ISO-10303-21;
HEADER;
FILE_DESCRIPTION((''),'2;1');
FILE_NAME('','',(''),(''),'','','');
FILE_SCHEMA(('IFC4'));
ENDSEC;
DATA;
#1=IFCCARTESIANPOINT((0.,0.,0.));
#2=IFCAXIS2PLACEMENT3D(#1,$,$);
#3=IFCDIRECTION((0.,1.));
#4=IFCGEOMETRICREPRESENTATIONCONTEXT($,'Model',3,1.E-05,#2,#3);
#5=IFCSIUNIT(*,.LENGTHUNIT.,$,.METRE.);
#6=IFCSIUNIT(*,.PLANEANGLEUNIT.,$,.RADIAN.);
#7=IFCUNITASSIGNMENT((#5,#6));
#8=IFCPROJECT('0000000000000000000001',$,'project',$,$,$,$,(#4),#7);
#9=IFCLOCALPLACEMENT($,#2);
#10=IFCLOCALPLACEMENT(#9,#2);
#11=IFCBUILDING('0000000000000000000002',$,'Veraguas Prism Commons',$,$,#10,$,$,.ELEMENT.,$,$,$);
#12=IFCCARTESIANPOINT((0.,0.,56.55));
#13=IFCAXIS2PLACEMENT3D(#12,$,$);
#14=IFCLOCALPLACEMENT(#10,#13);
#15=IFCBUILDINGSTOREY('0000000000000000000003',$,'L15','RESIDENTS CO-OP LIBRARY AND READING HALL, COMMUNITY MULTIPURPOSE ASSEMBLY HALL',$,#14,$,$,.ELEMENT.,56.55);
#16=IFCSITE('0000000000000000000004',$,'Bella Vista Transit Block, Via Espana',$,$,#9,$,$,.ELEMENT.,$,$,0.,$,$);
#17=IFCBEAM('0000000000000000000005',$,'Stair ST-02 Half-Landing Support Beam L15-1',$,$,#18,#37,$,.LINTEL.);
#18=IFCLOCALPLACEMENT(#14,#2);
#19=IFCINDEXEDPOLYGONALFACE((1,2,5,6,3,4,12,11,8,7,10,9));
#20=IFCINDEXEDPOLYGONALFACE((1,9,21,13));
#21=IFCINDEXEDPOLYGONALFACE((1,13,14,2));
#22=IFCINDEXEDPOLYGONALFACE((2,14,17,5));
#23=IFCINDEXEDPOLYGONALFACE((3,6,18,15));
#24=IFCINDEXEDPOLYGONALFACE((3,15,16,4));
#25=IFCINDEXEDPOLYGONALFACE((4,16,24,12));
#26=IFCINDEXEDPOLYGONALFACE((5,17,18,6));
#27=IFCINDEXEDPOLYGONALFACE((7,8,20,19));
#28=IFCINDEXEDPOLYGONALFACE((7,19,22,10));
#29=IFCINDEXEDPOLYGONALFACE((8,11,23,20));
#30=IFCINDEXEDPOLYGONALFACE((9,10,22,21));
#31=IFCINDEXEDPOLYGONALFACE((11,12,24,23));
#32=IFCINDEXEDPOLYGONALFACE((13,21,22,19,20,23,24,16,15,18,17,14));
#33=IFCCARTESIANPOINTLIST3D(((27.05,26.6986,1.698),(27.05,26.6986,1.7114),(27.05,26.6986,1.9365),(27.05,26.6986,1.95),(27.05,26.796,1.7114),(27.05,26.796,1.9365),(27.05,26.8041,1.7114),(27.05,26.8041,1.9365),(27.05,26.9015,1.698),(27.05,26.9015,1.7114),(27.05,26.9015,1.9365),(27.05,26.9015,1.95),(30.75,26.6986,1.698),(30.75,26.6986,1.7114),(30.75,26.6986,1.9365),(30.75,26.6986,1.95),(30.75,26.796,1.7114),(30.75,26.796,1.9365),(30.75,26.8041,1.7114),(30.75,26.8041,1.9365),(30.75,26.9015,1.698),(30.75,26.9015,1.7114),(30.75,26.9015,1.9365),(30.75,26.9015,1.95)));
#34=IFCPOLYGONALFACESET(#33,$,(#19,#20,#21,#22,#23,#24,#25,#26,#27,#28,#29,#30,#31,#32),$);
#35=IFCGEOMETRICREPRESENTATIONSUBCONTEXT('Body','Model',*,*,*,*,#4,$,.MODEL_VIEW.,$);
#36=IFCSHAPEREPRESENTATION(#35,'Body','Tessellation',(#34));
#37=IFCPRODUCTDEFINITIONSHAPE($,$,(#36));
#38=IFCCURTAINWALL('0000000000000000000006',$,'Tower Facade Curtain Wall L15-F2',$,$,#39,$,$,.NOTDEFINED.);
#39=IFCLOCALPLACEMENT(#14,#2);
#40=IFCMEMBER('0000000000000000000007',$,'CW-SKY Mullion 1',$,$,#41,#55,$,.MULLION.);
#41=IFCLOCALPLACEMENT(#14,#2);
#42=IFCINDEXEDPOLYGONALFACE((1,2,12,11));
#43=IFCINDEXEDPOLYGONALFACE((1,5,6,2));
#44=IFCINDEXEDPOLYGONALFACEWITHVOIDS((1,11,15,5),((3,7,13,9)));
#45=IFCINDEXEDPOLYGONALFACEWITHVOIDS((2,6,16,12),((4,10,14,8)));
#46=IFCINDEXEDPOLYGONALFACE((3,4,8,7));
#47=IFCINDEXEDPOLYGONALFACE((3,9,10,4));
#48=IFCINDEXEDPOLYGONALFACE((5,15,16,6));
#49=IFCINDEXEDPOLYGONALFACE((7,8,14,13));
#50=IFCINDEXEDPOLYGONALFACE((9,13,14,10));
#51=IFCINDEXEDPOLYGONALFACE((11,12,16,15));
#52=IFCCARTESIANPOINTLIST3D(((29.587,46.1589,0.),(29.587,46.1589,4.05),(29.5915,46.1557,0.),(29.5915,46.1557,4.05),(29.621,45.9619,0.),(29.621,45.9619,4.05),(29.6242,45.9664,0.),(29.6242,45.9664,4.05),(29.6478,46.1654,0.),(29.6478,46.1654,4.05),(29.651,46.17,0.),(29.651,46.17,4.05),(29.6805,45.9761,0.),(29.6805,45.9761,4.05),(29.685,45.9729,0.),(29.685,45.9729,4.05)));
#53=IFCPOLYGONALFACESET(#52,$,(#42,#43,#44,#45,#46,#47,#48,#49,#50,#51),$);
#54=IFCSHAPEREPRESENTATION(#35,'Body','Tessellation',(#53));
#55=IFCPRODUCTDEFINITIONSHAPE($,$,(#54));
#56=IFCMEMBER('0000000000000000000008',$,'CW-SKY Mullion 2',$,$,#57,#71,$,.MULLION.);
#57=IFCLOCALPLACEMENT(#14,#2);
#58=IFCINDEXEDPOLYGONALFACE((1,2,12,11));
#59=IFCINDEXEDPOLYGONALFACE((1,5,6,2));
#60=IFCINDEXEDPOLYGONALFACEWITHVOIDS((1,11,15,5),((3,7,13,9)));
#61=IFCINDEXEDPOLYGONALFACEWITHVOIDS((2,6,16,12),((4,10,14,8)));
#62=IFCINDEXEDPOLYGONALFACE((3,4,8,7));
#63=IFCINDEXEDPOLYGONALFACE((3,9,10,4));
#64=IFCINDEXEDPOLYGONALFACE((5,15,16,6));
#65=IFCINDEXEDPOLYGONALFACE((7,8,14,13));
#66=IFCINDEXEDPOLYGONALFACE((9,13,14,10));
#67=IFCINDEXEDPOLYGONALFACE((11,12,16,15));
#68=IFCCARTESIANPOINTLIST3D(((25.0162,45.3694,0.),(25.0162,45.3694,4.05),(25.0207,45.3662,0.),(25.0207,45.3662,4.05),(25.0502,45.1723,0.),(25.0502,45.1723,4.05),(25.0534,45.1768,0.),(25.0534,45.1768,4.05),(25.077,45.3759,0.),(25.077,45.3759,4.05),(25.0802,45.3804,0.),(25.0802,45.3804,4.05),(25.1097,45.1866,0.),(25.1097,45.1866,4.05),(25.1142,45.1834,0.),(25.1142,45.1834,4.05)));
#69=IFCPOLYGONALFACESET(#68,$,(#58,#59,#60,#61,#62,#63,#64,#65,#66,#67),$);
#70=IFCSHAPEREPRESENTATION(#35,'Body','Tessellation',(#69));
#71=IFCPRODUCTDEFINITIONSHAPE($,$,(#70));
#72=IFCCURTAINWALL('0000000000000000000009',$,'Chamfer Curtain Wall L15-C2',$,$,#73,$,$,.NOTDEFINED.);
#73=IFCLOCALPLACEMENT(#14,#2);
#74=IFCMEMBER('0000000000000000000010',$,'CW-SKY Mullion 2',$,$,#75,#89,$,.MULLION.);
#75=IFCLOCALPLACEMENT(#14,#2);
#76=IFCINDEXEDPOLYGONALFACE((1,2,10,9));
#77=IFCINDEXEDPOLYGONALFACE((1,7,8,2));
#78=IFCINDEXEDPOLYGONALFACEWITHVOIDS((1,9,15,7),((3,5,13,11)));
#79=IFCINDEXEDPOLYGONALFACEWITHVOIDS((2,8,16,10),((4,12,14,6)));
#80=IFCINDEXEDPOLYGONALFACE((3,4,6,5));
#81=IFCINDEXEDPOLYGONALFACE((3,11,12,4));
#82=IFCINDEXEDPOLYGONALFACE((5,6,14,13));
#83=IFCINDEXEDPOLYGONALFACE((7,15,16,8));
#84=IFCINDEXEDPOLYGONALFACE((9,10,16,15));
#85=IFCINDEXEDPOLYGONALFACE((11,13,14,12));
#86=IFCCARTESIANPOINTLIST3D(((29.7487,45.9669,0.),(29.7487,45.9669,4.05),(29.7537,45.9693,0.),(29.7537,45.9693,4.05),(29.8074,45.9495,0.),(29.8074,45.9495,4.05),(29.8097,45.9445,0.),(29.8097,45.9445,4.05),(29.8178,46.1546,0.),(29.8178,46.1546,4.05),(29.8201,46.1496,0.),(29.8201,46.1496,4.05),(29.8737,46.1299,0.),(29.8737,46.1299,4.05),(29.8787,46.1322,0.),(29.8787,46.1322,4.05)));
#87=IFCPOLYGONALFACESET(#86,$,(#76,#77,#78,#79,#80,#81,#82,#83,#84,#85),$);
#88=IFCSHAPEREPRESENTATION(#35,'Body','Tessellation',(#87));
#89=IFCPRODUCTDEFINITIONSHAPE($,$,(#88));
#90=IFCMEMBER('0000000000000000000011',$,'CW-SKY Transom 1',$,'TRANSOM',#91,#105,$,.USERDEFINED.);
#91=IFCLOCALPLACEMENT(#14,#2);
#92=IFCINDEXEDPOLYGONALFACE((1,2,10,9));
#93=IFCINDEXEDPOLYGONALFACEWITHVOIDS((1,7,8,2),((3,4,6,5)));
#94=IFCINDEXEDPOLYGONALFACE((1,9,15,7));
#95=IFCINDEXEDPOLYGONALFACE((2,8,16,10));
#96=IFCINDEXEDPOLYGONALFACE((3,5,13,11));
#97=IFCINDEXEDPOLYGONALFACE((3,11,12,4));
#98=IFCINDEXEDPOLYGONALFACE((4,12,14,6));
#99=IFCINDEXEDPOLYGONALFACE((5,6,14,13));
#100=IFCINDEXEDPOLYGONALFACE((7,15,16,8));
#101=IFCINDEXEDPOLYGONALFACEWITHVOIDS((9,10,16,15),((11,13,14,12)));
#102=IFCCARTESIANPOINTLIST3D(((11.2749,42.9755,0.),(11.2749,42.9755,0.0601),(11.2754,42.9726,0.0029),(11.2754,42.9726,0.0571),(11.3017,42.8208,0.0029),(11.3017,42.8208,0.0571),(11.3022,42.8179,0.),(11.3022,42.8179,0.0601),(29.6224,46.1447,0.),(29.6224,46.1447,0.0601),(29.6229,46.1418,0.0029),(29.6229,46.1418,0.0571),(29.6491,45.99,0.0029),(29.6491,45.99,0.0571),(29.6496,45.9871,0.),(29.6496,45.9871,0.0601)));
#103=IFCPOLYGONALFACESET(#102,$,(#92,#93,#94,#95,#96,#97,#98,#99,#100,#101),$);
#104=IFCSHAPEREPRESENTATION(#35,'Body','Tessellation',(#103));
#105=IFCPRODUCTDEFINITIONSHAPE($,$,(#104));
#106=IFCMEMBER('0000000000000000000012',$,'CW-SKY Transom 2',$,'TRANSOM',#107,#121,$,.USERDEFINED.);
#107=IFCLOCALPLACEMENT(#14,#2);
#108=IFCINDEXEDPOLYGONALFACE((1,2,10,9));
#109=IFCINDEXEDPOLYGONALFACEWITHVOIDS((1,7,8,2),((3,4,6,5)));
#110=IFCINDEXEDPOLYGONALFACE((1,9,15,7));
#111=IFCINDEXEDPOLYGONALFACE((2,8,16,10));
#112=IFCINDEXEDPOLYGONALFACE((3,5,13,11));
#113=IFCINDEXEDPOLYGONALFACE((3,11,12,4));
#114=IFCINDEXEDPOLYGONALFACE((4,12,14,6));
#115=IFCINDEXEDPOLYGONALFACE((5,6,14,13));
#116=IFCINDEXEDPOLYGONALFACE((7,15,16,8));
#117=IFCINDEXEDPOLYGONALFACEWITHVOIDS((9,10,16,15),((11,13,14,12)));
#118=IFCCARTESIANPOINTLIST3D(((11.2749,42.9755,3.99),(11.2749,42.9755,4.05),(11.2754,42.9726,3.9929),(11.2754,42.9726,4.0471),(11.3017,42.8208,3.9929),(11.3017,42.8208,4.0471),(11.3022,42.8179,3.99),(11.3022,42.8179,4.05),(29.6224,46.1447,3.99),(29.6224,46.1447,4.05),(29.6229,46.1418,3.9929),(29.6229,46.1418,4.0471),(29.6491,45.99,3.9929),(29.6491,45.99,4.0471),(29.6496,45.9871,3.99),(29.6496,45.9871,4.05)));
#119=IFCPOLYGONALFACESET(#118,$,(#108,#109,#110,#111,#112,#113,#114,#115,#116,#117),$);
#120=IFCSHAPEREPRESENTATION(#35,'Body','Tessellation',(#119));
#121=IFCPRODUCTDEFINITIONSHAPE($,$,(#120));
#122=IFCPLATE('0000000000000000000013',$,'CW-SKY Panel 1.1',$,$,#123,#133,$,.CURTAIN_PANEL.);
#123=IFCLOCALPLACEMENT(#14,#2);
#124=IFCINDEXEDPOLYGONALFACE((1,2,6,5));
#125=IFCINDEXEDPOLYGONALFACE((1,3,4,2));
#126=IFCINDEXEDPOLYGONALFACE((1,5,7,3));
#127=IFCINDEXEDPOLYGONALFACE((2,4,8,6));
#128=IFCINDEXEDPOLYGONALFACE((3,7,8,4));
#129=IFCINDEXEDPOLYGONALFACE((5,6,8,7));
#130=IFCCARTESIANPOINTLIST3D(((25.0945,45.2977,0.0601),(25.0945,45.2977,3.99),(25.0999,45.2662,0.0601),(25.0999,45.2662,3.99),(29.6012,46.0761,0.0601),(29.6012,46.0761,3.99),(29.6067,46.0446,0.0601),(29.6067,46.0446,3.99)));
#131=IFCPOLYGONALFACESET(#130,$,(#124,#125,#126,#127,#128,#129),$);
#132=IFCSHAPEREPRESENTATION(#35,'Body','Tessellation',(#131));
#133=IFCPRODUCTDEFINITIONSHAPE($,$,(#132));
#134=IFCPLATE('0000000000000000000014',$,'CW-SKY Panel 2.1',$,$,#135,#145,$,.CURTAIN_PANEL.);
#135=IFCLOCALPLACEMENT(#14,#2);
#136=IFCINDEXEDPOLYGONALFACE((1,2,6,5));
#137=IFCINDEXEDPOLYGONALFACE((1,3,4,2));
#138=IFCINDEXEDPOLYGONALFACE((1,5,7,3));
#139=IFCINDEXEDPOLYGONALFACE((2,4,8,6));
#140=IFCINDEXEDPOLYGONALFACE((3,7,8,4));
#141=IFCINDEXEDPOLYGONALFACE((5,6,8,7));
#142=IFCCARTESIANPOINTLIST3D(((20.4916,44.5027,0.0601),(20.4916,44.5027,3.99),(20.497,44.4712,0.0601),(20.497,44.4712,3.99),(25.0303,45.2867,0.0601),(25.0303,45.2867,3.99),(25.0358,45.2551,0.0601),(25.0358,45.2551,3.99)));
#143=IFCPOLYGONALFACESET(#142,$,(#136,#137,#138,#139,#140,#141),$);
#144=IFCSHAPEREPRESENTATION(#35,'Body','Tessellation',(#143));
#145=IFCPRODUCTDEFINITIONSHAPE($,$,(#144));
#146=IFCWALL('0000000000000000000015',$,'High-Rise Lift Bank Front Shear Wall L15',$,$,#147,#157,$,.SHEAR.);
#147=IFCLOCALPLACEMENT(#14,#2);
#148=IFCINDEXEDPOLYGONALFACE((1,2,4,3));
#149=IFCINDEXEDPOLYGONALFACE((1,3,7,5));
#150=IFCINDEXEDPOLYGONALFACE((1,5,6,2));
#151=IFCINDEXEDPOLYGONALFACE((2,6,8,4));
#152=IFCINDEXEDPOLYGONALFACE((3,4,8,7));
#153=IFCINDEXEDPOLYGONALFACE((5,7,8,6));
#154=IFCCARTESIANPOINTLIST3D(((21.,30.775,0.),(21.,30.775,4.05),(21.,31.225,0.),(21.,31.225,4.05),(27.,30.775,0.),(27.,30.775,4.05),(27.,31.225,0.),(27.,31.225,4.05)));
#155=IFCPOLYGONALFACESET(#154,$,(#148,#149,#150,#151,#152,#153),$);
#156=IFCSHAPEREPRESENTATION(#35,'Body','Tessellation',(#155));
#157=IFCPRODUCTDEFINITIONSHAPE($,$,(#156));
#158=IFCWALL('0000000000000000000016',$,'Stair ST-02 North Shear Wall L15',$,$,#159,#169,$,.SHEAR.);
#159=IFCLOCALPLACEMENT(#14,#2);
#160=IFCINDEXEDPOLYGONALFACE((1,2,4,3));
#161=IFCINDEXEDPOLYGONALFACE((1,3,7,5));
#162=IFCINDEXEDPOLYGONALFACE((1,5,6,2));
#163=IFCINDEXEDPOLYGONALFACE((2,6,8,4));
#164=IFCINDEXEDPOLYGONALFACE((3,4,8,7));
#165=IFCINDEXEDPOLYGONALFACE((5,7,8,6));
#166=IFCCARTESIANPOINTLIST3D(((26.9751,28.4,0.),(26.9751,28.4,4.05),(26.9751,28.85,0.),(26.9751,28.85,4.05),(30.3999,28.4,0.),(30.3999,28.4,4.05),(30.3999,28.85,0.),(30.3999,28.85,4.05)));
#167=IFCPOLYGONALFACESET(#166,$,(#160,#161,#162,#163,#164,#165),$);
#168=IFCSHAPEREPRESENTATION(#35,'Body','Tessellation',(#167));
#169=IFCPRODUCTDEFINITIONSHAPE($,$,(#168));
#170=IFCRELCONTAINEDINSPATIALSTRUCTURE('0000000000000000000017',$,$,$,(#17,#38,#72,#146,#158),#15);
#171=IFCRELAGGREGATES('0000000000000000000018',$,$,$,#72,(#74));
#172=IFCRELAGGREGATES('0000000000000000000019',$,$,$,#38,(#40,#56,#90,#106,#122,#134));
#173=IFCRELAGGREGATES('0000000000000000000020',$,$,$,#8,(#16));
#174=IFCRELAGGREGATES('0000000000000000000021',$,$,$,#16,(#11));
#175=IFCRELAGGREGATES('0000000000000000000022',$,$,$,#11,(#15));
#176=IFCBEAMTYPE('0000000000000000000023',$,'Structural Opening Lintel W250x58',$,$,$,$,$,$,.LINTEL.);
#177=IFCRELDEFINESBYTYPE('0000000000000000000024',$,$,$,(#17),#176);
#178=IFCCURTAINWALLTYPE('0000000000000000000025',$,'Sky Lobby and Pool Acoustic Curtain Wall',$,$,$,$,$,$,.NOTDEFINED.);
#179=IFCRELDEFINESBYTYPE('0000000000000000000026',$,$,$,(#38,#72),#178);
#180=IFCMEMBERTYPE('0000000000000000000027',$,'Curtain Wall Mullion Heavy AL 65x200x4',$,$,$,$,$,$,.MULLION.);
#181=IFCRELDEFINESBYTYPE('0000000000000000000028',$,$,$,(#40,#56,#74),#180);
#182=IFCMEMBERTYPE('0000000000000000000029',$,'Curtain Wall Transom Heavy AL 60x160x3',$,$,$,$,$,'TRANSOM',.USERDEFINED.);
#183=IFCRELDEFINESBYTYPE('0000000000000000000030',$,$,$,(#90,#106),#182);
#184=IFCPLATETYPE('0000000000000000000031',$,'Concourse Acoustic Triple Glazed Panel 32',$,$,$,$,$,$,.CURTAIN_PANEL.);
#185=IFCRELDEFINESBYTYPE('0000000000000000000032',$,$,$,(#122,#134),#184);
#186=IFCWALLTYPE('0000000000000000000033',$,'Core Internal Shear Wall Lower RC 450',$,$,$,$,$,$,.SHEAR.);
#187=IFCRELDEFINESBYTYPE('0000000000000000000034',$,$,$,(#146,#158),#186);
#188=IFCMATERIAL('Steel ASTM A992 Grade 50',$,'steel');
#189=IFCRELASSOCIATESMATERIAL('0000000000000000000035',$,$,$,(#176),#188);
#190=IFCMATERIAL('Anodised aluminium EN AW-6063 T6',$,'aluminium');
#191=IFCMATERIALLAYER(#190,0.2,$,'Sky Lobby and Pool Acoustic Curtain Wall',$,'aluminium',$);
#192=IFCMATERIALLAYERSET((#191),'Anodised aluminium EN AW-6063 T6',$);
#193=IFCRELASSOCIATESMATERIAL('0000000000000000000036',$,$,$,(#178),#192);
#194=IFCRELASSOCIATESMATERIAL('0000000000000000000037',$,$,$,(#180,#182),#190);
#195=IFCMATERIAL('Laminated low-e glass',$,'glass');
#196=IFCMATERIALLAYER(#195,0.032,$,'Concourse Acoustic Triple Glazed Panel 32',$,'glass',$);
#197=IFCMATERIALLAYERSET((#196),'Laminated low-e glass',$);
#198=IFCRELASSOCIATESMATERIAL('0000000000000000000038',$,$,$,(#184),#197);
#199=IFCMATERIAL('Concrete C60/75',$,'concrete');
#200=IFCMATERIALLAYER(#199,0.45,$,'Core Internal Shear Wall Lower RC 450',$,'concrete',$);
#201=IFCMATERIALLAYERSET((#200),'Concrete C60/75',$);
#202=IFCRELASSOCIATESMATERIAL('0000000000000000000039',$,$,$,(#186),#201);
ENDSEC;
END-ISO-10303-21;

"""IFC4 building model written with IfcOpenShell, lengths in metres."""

from ifc_helpers import new_model, si_unit, direction, frame, frame_2d, origin, origin_2d, place, context, subcontext, project, spatial, rectangle, hollow_rectangle, i_section, extrude, source, transform, mapped, material, layer, layer_set, material_profile, profile_set, type_object, element, aggregate, save


model = new_model("IFC4")

# Units and contexts
model_context = context("Model", 3, precision=1e-05, world=origin(), true_north=direction((0.0, 1.0)))
body_context = subcontext(model_context, "Body", "Model", "MODEL_VIEW")
ifc_project = project(units=[si_unit("LENGTHUNIT", "METRE"), si_unit("PLANEANGLEUNIT", "RADIAN")], contexts=[model_context])

# Site, building, storey
site_placement = place(None, origin())
site = spatial("IfcSite", under=ifc_project, at=site_placement, Name="Bella Vista Transit Block, Via Espana", CompositionType="ELEMENT", RefElevation=0.0)
building_placement = place(site_placement, origin())
building = spatial("IfcBuilding", under=site, at=building_placement, Name="Veraguas Prism Commons", CompositionType="ELEMENT")
storey_placement = place(building_placement, frame((0.0, 0.0, 56.55)))
storey = spatial("IfcBuildingStorey", under=building, at=storey_placement, Name="L15", Description="RESIDENTS CO-OP LIBRARY AND READING HALL, COMMUNITY MULTIPURPOSE ASSEMBLY HALL", CompositionType="ELEMENT", Elevation=56.55)

# Shared definitions
ifc_material_1 = material(Name="Concrete C60/75", Category="concrete")

# Beam
ifc_material_2 = material(Name="Steel ASTM A992 Grade 50", Category="steel")
ifc_material_profile_1 = material_profile(ifc_material_2, i_section(OverallWidth=0.2029, OverallDepth=0.252, WebThickness=0.0081, FlangeThickness=0.0134, at=origin_2d()), Name="W250X58")
ifc_profile_set_1 = profile_set([ifc_material_profile_1], Name="Steel ASTM A992 Grade 50")
beam_type_1 = type_object("IfcBeamType", Name="Structural Opening Lintel W250x58", PredefinedType="LINTEL", material=ifc_profile_set_1)
beam_1_placement = place(storey_placement, frame((27.05, 26.8, 1.824), z_axis=(1.0, 0.0, 0.0), x_axis=(0.0, 1.0, 0.0)))
element("IfcBeam", 1, at=beam_1_placement, inside=storey, type_object=beam_type_1, Name="Stair ST-02 Half-Landing Support Beam L15-1", PredefinedType="LINTEL", context=body_context, shape_type="SweptSolid", body=[
    extrude(i_section(OverallWidth=0.2029, OverallDepth=0.252, WebThickness=0.0081, FlangeThickness=0.0134, at=origin_2d()), origin(), (0.0, 0.0, 1.0), 3.7),
])

# Curtain wall, members
ifc_material_3 = material(Name="Anodised aluminium EN AW-6063 T6", Category="aluminium")
ifc_layer_1 = layer(ifc_material_3, 0.2, Name="Sky Lobby and Pool Acoustic Curtain Wall", Category="aluminium")
ifc_layer_set_1 = layer_set([ifc_layer_1], Name="Anodised aluminium EN AW-6063 T6")
curtain_wall_type = type_object("IfcCurtainWallType", Name="Sky Lobby and Pool Acoustic Curtain Wall", PredefinedType="NOTDEFINED", material=ifc_layer_set_1)
curtain_wall_1_placement = place(storey_placement, origin())
curtain_wall_1 = element("IfcCurtainWall", 2, at=curtain_wall_1_placement, inside=storey, type_object=curtain_wall_type, Name="Tower Facade Curtain Wall L15-F2", PredefinedType="NOTDEFINED")
ifc_material_profile_2 = material_profile(ifc_material_3, hollow_rectangle(XDim=0.0649, YDim=0.2, WallThickness=0.0039, at=origin_2d()), Name="AL65X200X4")
ifc_profile_set_2 = profile_set([ifc_material_profile_2], Name="Anodised aluminium EN AW-6063 T6")
member_type_1 = type_object("IfcMemberType", Name="Curtain Wall Mullion Heavy AL 65x200x4", PredefinedType="MULLION", material=ifc_profile_set_2)
shared_shape_1 = source(origin(), body_context, "Body", "SweptSolid", [
    extrude(hollow_rectangle(XDim=0.0649, YDim=0.2, WallThickness=0.0039, at=origin_2d()), origin(), (0.0, 0.0, 1.0), 4.05),
])
member_1_placement = place(storey_placement, frame((29.636, 46.0659, 0.0), z_axis=(0.0, 0.0, 1.0), x_axis=(-0.985408, -0.170209, 0.0)))
member_1 = element("IfcMember", 3, at=member_1_placement, type_object=member_type_1, Name="CW-SKY Mullion 1", PredefinedType="MULLION", context=body_context, shape_type="MappedRepresentation", body=[
    mapped(shared_shape_1, transform((0.0, 0.0, 0.0), scale=1.0)),
])
member_2_placement = place(storey_placement, frame((25.0652, 45.2764, 0.0), z_axis=(0.0, 0.0, 1.0), x_axis=(-0.985408, -0.170209, 0.0)))
member_2 = element("IfcMember", 4, at=member_2_placement, type_object=member_type_1, Name="CW-SKY Mullion 2", PredefinedType="MULLION", context=body_context, shape_type="MappedRepresentation", body=[
    mapped(shared_shape_1, transform((0.0, 0.0, 0.0), scale=1.0)),
])

# Curtain wall, member
curtain_wall_2_placement = place(storey_placement, origin())
curtain_wall_2 = element("IfcCurtainWall", 5, at=curtain_wall_2_placement, inside=storey, type_object=curtain_wall_type, Name="Chamfer Curtain Wall L15-C2", PredefinedType="NOTDEFINED")
member_3_placement = place(storey_placement, frame((29.8137, 46.0496, 0.0), z_axis=(0.0, 0.0, 1.0), x_axis=(-0.938494, 0.345297, 0.0)))
member_3 = element("IfcMember", 6, at=member_3_placement, type_object=member_type_1, Name="CW-SKY Mullion 2", PredefinedType="MULLION", context=body_context, shape_type="MappedRepresentation", body=[
    mapped(shared_shape_1, transform((0.0, 0.0, 0.0), scale=1.0)),
])
aggregate(curtain_wall_2, [member_3])

# Members
ifc_material_profile_3 = material_profile(ifc_material_3, hollow_rectangle(XDim=0.0601, YDim=0.1599, WallThickness=0.0029, at=origin_2d()), Name="AL60X160X3")
ifc_profile_set_3 = profile_set([ifc_material_profile_3], Name="Anodised aluminium EN AW-6063 T6")
member_type_2 = type_object("IfcMemberType", Name="Curtain Wall Transom Heavy AL 60x160x3", ElementType="TRANSOM", PredefinedType="USERDEFINED", material=ifc_profile_set_3)
shared_shape_2 = source(origin(), body_context, "Body", "SweptSolid", [
    extrude(hollow_rectangle(XDim=0.0601, YDim=0.1599, WallThickness=0.0029, at=origin_2d()), origin(), (0.0, 0.0, 1.0), 18.6191),
])
member_4_placement = place(storey_placement, frame((29.636, 46.0659, 0.03), z_axis=(-0.985408, -0.170212, 0.0), x_axis=(0.0, 0.0, 1.0)))
member_4 = element("IfcMember", 7, at=member_4_placement, type_object=member_type_2, Name="CW-SKY Transom 1", ObjectType="TRANSOM", PredefinedType="USERDEFINED", context=body_context, shape_type="MappedRepresentation", body=[
    mapped(shared_shape_2, transform((0.0, 0.0, 0.0), scale=1.0)),
])
member_5_placement = place(storey_placement, frame((29.636, 46.0659, 4.02), z_axis=(-0.985408, -0.170212, 0.0), x_axis=(0.0, 0.0, 1.0)))
member_5 = element("IfcMember", 8, at=member_5_placement, type_object=member_type_2, Name="CW-SKY Transom 2", ObjectType="TRANSOM", PredefinedType="USERDEFINED", context=body_context, shape_type="MappedRepresentation", body=[
    mapped(shared_shape_2, transform((0.0, 0.0, 0.0), scale=1.0)),
])

# Plates
ifc_material_4 = material(Name="Laminated low-e glass", Category="glass")
ifc_layer_2 = layer(ifc_material_4, 0.032, Name="Concourse Acoustic Triple Glazed Panel 32", Category="glass")
ifc_layer_set_2 = layer_set([ifc_layer_2], Name="Laminated low-e glass")
plate_type = type_object("IfcPlateType", Name="Concourse Acoustic Triple Glazed Panel 32", PredefinedType="CURTAIN_PANEL", material=ifc_layer_set_2)
shared_shape_3 = source(origin(), body_context, "Body", "SweptSolid", [
    extrude(rectangle(XDim=4.5735, YDim=0.032, at=origin_2d()), origin(), (0.0, 0.0, 1.0), 3.9299),
])
plate_1_placement = place(storey_placement, frame((27.3506, 45.6711, 0.0601), z_axis=(0.0, 0.0, 1.0), x_axis=(-0.985408, -0.170209, 0.0)))
plate_1 = element("IfcPlate", 9, at=plate_1_placement, type_object=plate_type, Name="CW-SKY Panel 1.1", PredefinedType="CURTAIN_PANEL", context=body_context, shape_type="MappedRepresentation", body=[
    mapped(shared_shape_3, transform((0.0, 0.0, 0.0), scale=1.0)),
])
shared_shape_4 = source(origin(), body_context, "Body", "SweptSolid", [
    extrude(rectangle(XDim=4.606, YDim=0.032, at=origin_2d()), origin(), (0.0, 0.0, 1.0), 3.9299),
])
plate_2_placement = place(storey_placement, frame((22.7637, 44.8789, 0.0601), z_axis=(0.0, 0.0, 1.0), x_axis=(-0.985408, -0.170209, 0.0)))
plate_2 = element("IfcPlate", 10, at=plate_2_placement, type_object=plate_type, Name="CW-SKY Panel 2.1", PredefinedType="CURTAIN_PANEL", context=body_context, shape_type="MappedRepresentation", body=[
    mapped(shared_shape_4, transform((0.0, 0.0, 0.0), scale=1.0)),
])
aggregate(curtain_wall_1, [member_1, member_2, member_4, member_5, plate_1, plate_2])

# Walls
ifc_layer_3 = layer(ifc_material_1, 0.45, Name="Core Internal Shear Wall Lower RC 450", Category="concrete")
ifc_layer_set_3 = layer_set([ifc_layer_3], Name="Concrete C60/75")
wall_type_1 = type_object("IfcWallType", Name="Core Internal Shear Wall Lower RC 450", PredefinedType="SHEAR", material=ifc_layer_set_3)
wall_1_placement = place(storey_placement, frame((21.0, 31.0, 0.0), z_axis=(0.0, 0.0, 1.0), x_axis=(1.0, 0.0, 0.0)))
element("IfcWall", 11, at=wall_1_placement, inside=storey, type_object=wall_type_1, Name="High-Rise Lift Bank Front Shear Wall L15", PredefinedType="SHEAR", context=body_context, shape_type="SweptSolid", body=[
    extrude(rectangle(XDim=6.0, YDim=0.45, at=frame_2d((3.0, 0.0))), origin(), (0.0, 0.0, 1.0), 4.05),
])
wall_2_placement = place(storey_placement, frame((26.9751, 28.625, 0.0), z_axis=(0.0, 0.0, 1.0), x_axis=(1.0, 0.0, 0.0)))
element("IfcWall", 12, at=wall_2_placement, inside=storey, type_object=wall_type_1, Name="Stair ST-02 North Shear Wall L15", PredefinedType="SHEAR", context=body_context, shape_type="SweptSolid", body=[
    extrude(rectangle(XDim=3.4248, YDim=0.45, at=frame_2d((1.7124, 0.0))), origin(), (0.0, 0.0, 1.0), 4.05),
])

save(model, "model.ifc")
